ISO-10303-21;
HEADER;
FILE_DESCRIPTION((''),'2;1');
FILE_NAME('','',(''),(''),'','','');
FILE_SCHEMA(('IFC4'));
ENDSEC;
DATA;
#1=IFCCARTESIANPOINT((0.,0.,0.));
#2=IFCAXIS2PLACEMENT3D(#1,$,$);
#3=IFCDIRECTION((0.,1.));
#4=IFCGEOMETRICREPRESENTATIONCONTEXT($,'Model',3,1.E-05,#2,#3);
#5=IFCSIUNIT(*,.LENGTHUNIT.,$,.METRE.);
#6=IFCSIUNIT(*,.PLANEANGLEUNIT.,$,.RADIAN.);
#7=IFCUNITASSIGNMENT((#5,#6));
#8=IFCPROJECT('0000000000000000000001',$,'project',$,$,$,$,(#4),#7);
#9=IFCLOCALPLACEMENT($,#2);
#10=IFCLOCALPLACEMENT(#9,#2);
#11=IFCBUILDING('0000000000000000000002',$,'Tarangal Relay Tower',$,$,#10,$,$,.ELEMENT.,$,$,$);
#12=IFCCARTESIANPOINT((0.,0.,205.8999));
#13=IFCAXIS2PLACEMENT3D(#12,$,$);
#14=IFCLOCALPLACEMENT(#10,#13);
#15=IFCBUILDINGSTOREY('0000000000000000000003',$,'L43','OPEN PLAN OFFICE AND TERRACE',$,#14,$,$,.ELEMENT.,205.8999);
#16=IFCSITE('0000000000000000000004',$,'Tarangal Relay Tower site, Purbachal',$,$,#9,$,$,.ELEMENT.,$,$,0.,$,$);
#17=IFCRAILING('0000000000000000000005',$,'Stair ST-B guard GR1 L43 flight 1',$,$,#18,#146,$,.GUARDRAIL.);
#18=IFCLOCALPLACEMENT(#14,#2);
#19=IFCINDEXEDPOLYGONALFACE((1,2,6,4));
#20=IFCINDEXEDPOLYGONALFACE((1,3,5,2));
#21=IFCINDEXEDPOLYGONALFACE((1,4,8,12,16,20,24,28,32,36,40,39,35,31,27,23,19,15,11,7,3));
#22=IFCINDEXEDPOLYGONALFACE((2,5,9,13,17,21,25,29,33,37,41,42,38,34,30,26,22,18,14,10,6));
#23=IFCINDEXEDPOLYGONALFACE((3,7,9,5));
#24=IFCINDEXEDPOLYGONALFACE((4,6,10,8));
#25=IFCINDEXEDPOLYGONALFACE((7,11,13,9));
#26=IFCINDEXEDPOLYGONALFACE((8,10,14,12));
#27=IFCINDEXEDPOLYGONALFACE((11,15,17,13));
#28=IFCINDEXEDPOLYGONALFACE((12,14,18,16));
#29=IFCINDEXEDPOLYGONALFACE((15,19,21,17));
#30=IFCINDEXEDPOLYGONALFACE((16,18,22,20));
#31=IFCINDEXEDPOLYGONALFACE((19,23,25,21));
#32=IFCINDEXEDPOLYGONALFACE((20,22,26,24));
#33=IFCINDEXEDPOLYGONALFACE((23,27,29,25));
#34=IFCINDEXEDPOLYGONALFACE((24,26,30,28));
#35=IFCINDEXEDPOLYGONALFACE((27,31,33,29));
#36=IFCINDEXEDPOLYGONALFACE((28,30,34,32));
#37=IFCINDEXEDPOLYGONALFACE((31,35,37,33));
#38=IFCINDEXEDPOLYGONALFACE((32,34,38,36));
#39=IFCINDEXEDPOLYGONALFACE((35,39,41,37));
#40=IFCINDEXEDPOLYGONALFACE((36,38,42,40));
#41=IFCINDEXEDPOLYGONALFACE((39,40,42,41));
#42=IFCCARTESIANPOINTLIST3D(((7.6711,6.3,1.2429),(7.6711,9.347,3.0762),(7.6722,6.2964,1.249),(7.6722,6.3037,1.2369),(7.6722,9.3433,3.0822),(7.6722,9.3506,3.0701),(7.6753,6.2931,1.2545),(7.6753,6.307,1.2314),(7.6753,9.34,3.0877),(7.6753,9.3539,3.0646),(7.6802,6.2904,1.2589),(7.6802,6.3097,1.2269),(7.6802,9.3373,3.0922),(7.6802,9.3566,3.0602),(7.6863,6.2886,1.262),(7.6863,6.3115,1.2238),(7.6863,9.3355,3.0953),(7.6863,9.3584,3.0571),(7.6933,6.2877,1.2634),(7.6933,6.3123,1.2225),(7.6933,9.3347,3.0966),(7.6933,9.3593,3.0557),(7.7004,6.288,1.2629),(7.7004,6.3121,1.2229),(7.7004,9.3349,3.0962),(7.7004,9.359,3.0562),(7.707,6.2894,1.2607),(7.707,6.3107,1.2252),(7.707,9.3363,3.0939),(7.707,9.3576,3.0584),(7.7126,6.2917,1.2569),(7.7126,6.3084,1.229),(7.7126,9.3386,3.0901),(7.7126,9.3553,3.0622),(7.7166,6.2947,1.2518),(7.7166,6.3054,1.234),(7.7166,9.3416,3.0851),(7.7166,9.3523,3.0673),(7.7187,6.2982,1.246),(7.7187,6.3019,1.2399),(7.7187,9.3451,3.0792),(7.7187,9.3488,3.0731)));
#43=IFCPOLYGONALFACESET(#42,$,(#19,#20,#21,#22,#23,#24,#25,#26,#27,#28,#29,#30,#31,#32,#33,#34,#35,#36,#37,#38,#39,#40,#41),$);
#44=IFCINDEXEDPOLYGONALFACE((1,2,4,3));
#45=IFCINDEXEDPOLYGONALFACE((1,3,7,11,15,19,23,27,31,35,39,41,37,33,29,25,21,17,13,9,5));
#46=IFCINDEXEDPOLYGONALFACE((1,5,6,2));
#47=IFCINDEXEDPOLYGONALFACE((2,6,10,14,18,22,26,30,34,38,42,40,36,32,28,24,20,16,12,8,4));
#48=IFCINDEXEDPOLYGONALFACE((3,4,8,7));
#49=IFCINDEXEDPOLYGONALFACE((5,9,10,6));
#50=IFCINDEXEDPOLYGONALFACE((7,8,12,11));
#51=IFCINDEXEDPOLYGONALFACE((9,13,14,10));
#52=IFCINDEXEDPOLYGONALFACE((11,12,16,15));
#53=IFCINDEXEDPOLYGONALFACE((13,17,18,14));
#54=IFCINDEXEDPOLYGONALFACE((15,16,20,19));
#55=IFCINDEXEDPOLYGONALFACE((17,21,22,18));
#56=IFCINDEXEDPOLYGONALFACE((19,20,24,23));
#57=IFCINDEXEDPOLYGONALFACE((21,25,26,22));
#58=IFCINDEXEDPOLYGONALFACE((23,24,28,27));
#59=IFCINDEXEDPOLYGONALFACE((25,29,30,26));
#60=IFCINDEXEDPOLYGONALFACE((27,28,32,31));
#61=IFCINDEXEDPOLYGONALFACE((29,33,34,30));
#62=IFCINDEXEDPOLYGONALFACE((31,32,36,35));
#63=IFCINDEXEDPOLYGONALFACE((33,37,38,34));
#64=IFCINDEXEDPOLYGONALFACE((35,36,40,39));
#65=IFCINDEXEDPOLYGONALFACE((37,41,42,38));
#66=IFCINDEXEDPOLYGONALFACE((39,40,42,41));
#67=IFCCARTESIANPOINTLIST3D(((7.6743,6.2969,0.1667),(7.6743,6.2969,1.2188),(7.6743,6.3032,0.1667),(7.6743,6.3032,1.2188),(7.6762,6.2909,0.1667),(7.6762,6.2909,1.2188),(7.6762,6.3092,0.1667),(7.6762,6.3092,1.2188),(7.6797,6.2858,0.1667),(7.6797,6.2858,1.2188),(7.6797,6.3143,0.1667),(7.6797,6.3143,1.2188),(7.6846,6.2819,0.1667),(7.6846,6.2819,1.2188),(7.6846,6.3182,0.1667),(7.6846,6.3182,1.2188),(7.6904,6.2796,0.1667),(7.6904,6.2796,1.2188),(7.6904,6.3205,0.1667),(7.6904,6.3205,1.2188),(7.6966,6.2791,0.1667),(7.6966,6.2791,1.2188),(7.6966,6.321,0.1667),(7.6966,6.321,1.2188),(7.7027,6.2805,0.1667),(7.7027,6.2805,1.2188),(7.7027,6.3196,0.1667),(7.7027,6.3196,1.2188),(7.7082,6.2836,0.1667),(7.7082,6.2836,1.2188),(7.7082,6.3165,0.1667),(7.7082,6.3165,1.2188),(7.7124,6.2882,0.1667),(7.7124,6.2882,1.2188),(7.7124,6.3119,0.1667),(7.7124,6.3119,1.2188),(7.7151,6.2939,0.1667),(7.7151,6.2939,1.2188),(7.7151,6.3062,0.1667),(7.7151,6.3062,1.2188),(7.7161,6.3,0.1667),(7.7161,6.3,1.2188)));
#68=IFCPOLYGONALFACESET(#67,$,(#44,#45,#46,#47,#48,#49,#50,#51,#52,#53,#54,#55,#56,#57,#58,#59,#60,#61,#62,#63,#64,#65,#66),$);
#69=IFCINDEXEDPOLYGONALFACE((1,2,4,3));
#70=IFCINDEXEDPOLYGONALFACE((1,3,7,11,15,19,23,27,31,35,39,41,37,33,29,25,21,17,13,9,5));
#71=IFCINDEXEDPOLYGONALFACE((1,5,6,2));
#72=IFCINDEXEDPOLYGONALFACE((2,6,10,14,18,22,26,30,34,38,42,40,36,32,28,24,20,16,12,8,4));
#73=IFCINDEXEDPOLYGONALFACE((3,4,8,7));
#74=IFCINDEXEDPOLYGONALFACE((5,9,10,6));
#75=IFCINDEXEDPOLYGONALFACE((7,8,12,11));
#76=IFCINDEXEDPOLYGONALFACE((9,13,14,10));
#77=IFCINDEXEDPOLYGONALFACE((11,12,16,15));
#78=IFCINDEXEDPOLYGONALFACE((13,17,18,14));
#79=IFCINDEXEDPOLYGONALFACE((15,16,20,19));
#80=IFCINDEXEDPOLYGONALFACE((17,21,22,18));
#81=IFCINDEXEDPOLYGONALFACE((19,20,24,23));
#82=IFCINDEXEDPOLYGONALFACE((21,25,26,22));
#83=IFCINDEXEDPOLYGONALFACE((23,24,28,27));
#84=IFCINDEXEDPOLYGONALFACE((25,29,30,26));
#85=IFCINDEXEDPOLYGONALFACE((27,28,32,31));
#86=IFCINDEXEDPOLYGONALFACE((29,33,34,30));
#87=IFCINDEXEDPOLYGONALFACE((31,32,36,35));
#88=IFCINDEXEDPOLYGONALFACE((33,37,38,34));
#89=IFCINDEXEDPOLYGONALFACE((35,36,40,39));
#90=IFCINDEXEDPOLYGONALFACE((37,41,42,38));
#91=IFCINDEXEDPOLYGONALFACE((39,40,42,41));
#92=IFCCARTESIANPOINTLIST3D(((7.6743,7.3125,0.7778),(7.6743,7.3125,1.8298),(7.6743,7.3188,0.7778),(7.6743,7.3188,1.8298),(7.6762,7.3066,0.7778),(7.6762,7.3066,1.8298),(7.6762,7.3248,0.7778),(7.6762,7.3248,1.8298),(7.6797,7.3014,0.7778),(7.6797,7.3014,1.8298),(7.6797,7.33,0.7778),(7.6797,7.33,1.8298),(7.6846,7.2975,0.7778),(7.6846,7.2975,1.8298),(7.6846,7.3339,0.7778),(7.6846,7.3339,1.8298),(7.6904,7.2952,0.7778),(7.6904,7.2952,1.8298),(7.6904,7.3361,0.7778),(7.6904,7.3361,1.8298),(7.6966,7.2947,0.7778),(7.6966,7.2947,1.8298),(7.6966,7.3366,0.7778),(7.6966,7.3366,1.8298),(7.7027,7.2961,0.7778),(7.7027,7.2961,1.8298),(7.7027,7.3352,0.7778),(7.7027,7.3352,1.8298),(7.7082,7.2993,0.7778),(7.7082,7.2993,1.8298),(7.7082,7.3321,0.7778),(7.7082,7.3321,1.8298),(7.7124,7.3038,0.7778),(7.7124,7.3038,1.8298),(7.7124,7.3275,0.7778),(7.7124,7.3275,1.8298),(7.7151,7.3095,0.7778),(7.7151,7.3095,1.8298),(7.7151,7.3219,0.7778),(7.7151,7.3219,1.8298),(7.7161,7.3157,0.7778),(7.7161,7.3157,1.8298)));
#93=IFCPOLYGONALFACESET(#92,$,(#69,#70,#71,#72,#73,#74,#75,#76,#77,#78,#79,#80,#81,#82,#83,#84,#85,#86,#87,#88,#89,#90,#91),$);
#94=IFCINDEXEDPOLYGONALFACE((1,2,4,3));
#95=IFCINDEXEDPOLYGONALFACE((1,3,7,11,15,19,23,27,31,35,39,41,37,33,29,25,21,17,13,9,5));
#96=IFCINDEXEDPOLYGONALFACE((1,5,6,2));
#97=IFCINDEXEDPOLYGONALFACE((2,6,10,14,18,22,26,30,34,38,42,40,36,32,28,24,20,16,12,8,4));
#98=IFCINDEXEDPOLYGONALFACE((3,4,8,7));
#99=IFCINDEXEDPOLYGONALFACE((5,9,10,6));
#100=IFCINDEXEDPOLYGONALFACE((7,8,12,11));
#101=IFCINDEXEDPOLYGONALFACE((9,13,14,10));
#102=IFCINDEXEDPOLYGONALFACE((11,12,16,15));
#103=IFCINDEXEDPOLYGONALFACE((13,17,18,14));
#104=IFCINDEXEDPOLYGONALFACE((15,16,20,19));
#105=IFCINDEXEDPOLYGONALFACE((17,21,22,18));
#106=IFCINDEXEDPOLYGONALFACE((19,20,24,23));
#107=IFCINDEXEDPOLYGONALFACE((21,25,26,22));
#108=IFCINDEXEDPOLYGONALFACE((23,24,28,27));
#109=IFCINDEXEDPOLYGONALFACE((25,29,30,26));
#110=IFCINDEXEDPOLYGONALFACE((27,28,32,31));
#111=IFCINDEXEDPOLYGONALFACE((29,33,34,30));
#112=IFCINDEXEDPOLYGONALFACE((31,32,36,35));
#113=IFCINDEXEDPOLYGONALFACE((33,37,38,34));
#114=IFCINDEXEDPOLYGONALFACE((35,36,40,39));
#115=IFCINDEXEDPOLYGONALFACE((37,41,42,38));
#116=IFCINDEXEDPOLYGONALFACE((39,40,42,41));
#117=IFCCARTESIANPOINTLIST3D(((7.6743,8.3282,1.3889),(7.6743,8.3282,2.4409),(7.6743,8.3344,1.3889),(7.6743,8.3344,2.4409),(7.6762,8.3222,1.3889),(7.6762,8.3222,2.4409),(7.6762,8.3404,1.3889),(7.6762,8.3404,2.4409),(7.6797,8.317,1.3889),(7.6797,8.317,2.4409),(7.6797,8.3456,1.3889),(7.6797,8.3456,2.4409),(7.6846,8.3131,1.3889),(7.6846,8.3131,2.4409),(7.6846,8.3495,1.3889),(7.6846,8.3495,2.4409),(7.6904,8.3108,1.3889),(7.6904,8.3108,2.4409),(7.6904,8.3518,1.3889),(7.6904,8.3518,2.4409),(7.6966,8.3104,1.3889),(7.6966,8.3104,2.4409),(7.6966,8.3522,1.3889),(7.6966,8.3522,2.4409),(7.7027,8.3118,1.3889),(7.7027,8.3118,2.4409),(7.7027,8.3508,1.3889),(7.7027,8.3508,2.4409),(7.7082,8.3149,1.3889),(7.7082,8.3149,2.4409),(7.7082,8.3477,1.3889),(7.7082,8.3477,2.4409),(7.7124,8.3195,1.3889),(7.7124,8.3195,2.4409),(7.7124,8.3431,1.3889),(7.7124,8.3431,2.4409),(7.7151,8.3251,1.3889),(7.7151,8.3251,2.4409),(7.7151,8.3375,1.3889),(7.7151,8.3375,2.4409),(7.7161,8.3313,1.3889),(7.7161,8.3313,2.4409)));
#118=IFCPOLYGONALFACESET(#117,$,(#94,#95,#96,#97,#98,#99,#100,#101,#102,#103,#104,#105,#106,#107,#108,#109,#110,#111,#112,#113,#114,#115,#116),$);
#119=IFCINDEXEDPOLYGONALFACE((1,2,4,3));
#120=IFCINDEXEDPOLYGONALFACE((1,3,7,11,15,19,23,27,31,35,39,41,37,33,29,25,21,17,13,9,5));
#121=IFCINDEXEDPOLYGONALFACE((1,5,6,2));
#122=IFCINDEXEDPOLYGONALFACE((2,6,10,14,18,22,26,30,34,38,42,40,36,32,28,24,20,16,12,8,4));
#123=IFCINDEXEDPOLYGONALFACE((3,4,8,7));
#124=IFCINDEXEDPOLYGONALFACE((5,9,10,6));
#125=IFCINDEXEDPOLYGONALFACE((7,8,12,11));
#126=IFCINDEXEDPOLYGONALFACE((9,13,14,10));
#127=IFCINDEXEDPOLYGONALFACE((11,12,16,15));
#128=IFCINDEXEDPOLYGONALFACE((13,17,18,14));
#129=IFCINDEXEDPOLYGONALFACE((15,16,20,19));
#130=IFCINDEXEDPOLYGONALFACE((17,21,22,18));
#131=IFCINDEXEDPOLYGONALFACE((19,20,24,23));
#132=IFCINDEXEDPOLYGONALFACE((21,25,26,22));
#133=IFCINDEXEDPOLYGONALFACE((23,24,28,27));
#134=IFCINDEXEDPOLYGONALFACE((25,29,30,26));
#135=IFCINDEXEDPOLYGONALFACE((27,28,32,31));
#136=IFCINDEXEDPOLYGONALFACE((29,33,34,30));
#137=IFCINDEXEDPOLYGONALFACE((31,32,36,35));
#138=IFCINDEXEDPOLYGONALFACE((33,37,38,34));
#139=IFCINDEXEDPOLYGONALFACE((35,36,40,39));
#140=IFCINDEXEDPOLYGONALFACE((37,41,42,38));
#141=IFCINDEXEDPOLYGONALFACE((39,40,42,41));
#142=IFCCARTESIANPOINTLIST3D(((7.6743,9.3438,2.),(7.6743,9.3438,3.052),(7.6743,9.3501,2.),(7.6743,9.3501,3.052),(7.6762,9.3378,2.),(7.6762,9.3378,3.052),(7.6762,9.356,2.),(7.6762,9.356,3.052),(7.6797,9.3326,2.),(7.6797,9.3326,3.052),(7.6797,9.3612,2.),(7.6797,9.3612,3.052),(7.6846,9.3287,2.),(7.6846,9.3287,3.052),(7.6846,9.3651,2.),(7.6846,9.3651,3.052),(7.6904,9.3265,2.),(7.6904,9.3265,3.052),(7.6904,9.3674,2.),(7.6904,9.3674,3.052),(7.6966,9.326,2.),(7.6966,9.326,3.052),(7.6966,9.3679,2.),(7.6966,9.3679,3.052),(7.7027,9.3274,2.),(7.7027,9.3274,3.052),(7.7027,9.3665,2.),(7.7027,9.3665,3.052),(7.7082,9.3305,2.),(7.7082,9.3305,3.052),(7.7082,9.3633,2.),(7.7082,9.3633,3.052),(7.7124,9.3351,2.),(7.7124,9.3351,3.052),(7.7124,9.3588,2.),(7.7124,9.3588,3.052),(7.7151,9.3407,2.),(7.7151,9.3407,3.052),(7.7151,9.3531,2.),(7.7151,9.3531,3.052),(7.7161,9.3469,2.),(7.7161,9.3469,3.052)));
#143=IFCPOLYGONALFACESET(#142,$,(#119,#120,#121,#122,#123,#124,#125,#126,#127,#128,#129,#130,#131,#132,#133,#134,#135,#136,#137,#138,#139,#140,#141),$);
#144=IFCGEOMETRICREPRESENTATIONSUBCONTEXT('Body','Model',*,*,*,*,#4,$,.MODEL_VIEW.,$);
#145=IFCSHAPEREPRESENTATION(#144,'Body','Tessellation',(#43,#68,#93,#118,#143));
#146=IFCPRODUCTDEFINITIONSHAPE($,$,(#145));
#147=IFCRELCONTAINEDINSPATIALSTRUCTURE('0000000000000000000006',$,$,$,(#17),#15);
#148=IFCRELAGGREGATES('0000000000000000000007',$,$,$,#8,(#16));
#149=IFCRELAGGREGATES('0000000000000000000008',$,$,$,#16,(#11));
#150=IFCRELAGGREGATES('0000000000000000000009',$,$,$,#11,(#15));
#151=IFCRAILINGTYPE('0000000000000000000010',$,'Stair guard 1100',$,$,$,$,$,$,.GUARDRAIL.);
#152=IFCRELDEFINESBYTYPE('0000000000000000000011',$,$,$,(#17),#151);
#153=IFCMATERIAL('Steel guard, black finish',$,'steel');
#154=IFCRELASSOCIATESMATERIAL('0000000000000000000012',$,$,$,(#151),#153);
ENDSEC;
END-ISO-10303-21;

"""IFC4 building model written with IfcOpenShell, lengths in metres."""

from ifc_helpers import new_model, si_unit, direction, frame, origin, origin_2d, place, context, subcontext, project, spatial, circle, extrude, material, type_object, element, save


model = new_model("IFC4")

# Units and contexts
model_context = context("Model", 3, precision=1e-05, world=origin(), true_north=direction((0.0, 1.0)))
body_context = subcontext(model_context, "Body", "Model", "MODEL_VIEW")
ifc_project = project(units=[si_unit("LENGTHUNIT", "METRE"), si_unit("PLANEANGLEUNIT", "RADIAN")], contexts=[model_context])

# Site, building, storey
site_placement = place(None, origin())
site = spatial("IfcSite", under=ifc_project, at=site_placement, Name="Tarangal Relay Tower site, Purbachal", CompositionType="ELEMENT", RefElevation=0.0)
building_placement = place(site_placement, origin())
building = spatial("IfcBuilding", under=site, at=building_placement, Name="Tarangal Relay Tower", CompositionType="ELEMENT")
storey_placement = place(building_placement, frame((0.0, 0.0, 205.8999)))
storey = spatial("IfcBuildingStorey", under=building, at=storey_placement, Name="L43", Description="OPEN PLAN OFFICE AND TERRACE", CompositionType="ELEMENT", Elevation=205.8999)

# Railing
ifc_material_1 = material(Name="Steel guard, black finish", Category="steel")
railing_type_1 = type_object("IfcRailingType", Name="Stair guard 1100", PredefinedType="GUARDRAIL", material=ifc_material_1)
railing_1_placement = place(storey_placement, frame((7.6951, 6.3, 0.1667)))
element("IfcRailing", 1, at=railing_1_placement, inside=storey, type_object=railing_type_1, Name="Stair ST-B guard GR1 L43 flight 1", PredefinedType="GUARDRAIL", context=body_context, shape_type="SweptSolid", body=[
    extrude(circle(Radius=0.0239, at=origin_2d()), frame((0.0, 0.0, 1.0762), z_axis=(0.0, 0.856856, 0.515556), x_axis=(-1.0, 0.0, 0.0)), (0.0, 0.0, 1.0), 3.5559),
    extrude(circle(Radius=0.021, at=origin_2d()), origin(), (0.0, 0.0, 1.0), 1.052),
    extrude(circle(Radius=0.021, at=origin_2d()), frame((0.0, 1.0156, 0.6111)), (0.0, 0.0, 1.0), 1.052),
    extrude(circle(Radius=0.021, at=origin_2d()), frame((0.0, 2.0312, 1.2222)), (0.0, 0.0, 1.0), 1.052),
    extrude(circle(Radius=0.021, at=origin_2d()), frame((0.0, 3.0469, 1.8333)), (0.0, 0.0, 1.0), 1.052),
])

save(model, "model.ifc")
